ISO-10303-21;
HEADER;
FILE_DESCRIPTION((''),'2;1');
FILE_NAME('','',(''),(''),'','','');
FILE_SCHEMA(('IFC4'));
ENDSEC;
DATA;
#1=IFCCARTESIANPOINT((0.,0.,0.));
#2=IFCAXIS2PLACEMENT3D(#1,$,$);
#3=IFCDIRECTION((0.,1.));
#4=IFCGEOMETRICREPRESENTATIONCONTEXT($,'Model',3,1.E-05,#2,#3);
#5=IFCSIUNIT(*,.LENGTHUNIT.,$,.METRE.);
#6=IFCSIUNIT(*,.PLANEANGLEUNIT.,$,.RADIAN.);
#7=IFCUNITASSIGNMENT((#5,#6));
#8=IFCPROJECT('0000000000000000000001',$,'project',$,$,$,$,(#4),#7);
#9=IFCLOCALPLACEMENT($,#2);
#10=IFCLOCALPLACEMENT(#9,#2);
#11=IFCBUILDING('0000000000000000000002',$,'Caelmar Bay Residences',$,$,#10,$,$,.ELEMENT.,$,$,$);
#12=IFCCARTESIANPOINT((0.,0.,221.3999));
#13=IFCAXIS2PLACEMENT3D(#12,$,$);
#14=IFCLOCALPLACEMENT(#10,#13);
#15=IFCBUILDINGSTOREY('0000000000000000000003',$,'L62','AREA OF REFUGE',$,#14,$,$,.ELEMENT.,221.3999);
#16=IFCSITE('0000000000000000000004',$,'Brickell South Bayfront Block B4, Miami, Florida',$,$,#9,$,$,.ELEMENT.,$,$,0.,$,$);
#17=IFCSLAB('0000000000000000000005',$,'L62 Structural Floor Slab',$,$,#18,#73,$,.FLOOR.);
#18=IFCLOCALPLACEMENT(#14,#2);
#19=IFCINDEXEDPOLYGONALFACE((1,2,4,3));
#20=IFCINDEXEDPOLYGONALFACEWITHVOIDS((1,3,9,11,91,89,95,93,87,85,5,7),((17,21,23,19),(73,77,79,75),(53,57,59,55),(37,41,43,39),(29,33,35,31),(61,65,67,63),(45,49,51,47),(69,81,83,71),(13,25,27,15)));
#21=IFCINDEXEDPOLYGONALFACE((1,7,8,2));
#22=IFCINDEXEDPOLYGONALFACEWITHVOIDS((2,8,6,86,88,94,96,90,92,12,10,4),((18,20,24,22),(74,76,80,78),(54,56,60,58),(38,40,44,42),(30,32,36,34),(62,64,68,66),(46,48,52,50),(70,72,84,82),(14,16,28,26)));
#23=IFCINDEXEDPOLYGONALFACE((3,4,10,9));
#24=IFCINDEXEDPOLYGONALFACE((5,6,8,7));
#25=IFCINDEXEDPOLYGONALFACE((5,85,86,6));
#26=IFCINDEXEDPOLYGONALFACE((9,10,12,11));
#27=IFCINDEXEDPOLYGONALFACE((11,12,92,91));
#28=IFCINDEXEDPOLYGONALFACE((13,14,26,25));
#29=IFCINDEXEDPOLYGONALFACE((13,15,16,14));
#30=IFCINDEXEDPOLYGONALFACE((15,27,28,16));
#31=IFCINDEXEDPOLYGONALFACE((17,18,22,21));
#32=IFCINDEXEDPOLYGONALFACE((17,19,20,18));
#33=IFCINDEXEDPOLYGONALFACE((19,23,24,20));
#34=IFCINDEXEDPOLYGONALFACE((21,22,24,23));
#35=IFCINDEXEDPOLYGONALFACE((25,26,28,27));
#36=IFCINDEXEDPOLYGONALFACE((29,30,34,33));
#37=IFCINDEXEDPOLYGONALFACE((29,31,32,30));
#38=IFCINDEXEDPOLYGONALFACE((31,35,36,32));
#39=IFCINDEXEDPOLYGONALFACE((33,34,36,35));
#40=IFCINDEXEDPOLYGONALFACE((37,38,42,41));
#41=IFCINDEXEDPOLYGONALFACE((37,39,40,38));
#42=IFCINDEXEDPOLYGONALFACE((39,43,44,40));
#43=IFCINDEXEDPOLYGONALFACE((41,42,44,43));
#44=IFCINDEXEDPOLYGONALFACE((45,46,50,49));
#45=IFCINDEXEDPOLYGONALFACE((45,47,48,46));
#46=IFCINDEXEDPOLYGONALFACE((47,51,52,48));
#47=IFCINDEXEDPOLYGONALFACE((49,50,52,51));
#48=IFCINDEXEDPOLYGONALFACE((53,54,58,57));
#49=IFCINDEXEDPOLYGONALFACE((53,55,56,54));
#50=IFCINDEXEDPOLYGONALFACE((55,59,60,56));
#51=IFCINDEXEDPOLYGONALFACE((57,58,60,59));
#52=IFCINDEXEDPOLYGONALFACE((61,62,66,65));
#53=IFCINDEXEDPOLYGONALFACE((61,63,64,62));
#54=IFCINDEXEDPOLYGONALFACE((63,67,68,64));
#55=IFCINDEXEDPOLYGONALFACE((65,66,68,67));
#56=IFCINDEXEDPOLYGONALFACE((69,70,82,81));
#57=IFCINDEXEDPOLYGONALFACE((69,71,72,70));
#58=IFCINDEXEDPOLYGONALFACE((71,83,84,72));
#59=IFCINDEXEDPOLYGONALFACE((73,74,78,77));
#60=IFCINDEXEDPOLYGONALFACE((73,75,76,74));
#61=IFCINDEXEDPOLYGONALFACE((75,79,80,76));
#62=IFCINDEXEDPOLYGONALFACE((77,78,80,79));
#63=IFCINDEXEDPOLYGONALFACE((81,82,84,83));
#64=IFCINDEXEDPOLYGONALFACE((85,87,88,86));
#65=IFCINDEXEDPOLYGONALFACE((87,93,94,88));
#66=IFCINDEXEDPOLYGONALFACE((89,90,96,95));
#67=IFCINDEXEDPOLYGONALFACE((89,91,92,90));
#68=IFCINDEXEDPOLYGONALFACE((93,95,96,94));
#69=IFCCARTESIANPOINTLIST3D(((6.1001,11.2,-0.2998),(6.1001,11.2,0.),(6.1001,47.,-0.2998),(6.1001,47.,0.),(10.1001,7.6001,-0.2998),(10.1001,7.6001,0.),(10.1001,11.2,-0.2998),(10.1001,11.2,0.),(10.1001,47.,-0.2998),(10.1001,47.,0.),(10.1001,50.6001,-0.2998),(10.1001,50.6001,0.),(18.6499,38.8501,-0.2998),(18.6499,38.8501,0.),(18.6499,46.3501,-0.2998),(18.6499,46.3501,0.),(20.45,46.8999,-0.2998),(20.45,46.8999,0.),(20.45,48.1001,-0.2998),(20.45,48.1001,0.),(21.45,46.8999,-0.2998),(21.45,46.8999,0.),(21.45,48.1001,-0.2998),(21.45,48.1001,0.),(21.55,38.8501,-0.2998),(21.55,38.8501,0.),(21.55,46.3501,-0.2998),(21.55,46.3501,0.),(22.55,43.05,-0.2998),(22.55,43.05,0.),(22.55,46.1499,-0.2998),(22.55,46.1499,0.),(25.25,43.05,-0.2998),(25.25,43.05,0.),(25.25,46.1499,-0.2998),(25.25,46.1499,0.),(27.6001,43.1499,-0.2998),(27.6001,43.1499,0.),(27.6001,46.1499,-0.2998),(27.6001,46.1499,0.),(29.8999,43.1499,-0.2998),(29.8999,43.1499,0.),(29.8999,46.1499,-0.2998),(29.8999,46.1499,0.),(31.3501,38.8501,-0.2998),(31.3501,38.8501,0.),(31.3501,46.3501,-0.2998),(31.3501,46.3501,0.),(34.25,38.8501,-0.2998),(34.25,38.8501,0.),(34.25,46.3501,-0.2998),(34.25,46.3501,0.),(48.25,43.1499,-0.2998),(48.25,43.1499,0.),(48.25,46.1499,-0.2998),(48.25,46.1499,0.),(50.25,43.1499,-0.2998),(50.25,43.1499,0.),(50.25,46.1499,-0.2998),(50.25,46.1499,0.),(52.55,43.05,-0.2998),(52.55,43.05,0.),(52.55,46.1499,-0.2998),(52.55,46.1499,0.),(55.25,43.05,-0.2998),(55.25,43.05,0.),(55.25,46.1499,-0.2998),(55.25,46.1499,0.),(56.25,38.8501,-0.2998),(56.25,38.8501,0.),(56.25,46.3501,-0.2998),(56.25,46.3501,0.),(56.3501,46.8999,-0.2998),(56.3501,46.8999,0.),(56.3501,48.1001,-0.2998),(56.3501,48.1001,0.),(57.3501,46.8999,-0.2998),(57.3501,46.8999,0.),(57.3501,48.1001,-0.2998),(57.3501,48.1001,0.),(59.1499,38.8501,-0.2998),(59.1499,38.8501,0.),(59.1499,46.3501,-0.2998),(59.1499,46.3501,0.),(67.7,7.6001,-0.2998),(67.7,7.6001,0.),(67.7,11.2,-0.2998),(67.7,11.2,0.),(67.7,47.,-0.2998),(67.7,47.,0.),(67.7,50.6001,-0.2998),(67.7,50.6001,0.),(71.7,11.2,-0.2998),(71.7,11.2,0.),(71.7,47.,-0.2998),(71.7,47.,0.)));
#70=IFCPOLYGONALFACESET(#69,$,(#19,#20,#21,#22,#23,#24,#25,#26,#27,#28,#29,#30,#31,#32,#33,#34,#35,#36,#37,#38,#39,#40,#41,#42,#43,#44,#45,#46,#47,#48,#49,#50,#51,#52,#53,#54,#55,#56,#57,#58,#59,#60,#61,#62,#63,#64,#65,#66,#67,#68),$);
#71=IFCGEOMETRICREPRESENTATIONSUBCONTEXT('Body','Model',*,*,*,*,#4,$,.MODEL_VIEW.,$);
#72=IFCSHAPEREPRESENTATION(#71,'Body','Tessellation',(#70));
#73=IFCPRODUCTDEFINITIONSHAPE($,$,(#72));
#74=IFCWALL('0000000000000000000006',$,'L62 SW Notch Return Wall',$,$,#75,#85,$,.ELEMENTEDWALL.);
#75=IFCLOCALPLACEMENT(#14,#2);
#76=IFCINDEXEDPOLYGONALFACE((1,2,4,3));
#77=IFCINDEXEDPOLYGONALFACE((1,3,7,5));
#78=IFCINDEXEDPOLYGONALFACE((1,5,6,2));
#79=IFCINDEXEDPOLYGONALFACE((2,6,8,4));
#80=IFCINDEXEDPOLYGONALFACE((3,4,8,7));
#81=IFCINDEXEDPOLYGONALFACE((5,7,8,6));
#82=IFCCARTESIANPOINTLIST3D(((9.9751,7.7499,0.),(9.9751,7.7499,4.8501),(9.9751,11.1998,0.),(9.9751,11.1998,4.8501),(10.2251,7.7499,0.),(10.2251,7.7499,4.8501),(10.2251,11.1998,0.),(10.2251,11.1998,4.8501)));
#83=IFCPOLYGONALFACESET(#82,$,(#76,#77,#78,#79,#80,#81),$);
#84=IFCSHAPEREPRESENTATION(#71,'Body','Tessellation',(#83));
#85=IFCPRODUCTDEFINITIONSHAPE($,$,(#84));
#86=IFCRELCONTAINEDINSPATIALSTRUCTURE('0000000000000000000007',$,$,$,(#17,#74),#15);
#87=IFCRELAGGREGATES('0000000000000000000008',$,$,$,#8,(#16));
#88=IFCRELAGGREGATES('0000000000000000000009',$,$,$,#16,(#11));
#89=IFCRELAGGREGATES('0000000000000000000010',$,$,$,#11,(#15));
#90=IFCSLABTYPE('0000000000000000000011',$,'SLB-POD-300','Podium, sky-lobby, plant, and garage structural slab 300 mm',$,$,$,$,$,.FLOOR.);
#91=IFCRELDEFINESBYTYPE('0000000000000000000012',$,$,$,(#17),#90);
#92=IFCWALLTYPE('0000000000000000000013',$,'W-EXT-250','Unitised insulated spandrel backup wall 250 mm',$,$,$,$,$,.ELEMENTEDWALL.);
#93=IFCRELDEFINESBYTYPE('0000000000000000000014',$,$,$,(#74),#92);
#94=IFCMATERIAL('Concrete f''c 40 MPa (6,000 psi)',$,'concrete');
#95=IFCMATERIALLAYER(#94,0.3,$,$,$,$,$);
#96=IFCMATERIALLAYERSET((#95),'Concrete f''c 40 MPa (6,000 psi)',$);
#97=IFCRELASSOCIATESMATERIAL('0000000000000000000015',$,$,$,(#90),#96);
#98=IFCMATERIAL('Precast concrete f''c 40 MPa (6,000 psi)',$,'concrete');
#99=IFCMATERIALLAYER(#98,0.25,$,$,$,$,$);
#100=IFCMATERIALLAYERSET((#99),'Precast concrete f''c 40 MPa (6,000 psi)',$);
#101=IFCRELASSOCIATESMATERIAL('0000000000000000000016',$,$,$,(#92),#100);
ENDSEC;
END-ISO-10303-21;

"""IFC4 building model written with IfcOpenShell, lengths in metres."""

from ifc_helpers import new_model, si_unit, direction, frame, frame_2d, origin, place, context, subcontext, project, spatial, polyline, rectangle, outline, extrude, material, layer, layer_set, type_object, element, save


model = new_model("IFC4")

# Units and contexts
model_context = context("Model", 3, precision=1e-05, world=origin(), true_north=direction((0.0, 1.0)))
body_context = subcontext(model_context, "Body", "Model", "MODEL_VIEW")
ifc_project = project(units=[si_unit("LENGTHUNIT", "METRE"), si_unit("PLANEANGLEUNIT", "RADIAN")], contexts=[model_context])

# Site, building, storey
site_placement = place(None, origin())
site = spatial("IfcSite", under=ifc_project, at=site_placement, Name="Brickell South Bayfront Block B4, Miami, Florida", CompositionType="ELEMENT", RefElevation=0.0)
building_placement = place(site_placement, origin())
building = spatial("IfcBuilding", under=site, at=building_placement, Name="Caelmar Bay Residences", CompositionType="ELEMENT")
storey_placement = place(building_placement, frame((0.0, 0.0, 221.3999)))
storey = spatial("IfcBuildingStorey", under=building, at=storey_placement, Name="L62", Description="AREA OF REFUGE", CompositionType="ELEMENT", Elevation=221.3999)

# Shared definitions
ifc_material_1 = material(Name="Concrete f'c 40 MPa (6,000 psi)", Category="concrete")

# Slab
ifc_layer_1 = layer(ifc_material_1, 0.3)
ifc_layer_set_1 = layer_set([ifc_layer_1], Name="Concrete f'c 40 MPa (6,000 psi)")
slab_type_1 = type_object("IfcSlabType", Name="SLB-POD-300", Description="Podium, sky-lobby, plant, and garage structural slab 300 mm", PredefinedType="FLOOR", material=ifc_layer_set_1)
slab_1_placement = place(storey_placement, frame((0.0, 0.0, -0.2998)))
element("IfcSlab", 1, at=slab_1_placement, inside=storey, type_object=slab_type_1, Name="L62 Structural Floor Slab", PredefinedType="FLOOR", context=body_context, shape_type="SweptSolid", body=[
    extrude(outline(polyline([(10.1001, 7.6001), (67.7, 7.6001), (67.7, 11.2), (71.7, 11.2), (71.7, 47.0), (67.7, 47.0), (67.7, 50.6001), (10.1001, 50.6001), (10.1001, 47.0), (6.1001, 47.0), (6.1001, 11.2), (10.1001, 11.2), (10.1001, 7.6001)]), holes=[polyline([(18.6499, 38.8501), (21.55, 38.8501), (21.55, 46.3501), (18.6499, 46.3501), (18.6499, 38.8501)]), polyline([(56.25, 38.8501), (59.1499, 38.8501), (59.1499, 46.3501), (56.25, 46.3501), (56.25, 38.8501)]), polyline([(31.3501, 38.8501), (34.25, 38.8501), (34.25, 46.3501), (31.3501, 46.3501), (31.3501, 38.8501)]), polyline([(22.55, 43.05), (25.25, 43.05), (25.25, 46.1499), (22.55, 46.1499), (22.55, 43.05)]), polyline([(52.55, 43.05), (55.25, 43.05), (55.25, 46.1499), (52.55, 46.1499), (52.55, 43.05)]), polyline([(48.25, 43.1499), (50.25, 43.1499), (50.25, 46.1499), (48.25, 46.1499), (48.25, 43.1499)]), polyline([(27.6001, 43.1499), (29.8999, 43.1499), (29.8999, 46.1499), (27.6001, 46.1499), (27.6001, 43.1499)]), polyline([(20.45, 46.8999), (21.45, 46.8999), (21.45, 48.1001), (20.45, 48.1001), (20.45, 46.8999)]), polyline([(56.3501, 46.8999), (57.3501, 46.8999), (57.3501, 48.1001), (56.3501, 48.1001), (56.3501, 46.8999)])]), origin(), (0.0, 0.0, 1.0), 0.2998),
])

# Wall
ifc_material_2 = material(Name="Precast concrete f'c 40 MPa (6,000 psi)", Category="concrete")
ifc_layer_2 = layer(ifc_material_2, 0.25)
ifc_layer_set_2 = layer_set([ifc_layer_2], Name="Precast concrete f'c 40 MPa (6,000 psi)")
wall_type = type_object("IfcWallType", Name="W-EXT-250", Description="Unitised insulated spandrel backup wall 250 mm", PredefinedType="ELEMENTEDWALL", material=ifc_layer_set_2)
wall_placement = place(storey_placement, frame((10.1001, 11.2, 0.0), z_axis=(0.0, 0.0, 1.0), x_axis=(0.0, -1.0, 0.0)))
element("IfcWall", 2, at=wall_placement, inside=storey, type_object=wall_type, Name="L62 SW Notch Return Wall", PredefinedType="ELEMENTEDWALL", context=body_context, shape_type="SweptSolid", body=[
    extrude(rectangle(XDim=3.45, YDim=0.25, at=frame_2d((1.7251, 0.0))), origin(), (0.0, 0.0, 1.0), 4.8501),
])

save(model, "model.ifc")
